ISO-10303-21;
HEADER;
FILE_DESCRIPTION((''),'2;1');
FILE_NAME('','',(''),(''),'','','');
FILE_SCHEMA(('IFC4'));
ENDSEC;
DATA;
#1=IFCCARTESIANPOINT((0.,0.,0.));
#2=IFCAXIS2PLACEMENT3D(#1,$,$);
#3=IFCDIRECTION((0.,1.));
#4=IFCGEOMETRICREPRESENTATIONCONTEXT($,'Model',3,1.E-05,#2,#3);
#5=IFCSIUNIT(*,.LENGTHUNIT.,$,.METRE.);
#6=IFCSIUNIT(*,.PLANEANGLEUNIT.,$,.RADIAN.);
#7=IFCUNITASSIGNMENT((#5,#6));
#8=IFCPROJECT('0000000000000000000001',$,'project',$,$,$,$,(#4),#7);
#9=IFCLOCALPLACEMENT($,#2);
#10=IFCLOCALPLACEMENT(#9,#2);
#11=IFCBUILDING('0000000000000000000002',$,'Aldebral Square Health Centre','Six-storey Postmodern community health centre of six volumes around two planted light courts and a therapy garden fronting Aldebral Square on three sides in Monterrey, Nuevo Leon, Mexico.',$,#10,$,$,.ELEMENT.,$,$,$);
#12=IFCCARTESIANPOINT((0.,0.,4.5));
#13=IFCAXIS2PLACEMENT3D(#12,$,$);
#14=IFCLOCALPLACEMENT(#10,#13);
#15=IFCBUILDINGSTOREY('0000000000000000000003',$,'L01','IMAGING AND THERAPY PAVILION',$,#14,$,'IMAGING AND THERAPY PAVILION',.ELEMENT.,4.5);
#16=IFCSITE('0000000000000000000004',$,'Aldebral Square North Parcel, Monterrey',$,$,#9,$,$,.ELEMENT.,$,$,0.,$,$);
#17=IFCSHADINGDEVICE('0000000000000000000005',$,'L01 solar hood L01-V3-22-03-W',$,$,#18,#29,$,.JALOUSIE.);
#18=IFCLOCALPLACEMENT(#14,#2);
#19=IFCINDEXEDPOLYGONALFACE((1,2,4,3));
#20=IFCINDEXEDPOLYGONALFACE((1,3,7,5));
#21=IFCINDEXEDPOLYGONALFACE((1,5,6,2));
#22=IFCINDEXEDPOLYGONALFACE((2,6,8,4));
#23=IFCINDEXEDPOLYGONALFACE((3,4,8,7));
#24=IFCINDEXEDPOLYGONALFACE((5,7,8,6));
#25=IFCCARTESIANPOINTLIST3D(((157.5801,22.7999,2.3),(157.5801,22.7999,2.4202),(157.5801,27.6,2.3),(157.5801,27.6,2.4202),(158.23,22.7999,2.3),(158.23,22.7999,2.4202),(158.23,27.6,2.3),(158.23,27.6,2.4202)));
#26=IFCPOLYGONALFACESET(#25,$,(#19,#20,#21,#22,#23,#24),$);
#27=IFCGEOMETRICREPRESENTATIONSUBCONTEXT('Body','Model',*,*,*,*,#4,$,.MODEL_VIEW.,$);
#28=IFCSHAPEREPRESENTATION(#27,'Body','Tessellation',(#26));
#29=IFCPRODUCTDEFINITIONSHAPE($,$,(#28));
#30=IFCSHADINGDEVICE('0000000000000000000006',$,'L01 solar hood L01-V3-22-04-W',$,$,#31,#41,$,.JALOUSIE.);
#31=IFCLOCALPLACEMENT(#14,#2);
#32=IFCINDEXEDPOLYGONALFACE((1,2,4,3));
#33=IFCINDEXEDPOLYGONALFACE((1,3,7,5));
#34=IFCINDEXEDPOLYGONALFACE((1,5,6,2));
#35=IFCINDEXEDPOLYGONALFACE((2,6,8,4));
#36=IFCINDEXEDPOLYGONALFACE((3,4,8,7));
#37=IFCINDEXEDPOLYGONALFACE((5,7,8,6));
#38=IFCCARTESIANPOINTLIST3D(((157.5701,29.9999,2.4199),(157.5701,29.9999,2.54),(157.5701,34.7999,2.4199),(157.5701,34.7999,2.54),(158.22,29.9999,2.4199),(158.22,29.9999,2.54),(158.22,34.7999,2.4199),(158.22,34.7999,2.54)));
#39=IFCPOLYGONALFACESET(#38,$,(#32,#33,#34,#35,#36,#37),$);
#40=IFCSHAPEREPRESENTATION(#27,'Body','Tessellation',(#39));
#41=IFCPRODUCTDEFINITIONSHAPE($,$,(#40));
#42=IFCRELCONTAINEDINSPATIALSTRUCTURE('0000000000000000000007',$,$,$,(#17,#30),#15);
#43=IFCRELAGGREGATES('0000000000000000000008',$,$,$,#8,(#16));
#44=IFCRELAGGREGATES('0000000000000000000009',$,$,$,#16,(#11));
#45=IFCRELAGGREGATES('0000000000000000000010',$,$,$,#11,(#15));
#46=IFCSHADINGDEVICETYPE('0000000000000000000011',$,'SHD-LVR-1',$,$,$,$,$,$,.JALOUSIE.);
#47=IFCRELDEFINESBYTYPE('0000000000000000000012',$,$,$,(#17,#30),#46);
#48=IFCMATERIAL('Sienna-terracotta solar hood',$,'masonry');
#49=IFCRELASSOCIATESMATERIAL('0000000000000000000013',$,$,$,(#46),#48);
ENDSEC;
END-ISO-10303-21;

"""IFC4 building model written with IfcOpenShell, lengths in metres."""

from ifc_helpers import new_model, si_unit, direction, frame, origin, origin_2d, place, context, subcontext, project, spatial, rectangle, extrude, material, type_object, element, save


model = new_model("IFC4")

# Units and contexts
model_context = context("Model", 3, precision=1e-05, world=origin(), true_north=direction((0.0, 1.0)))
body_context = subcontext(model_context, "Body", "Model", "MODEL_VIEW")
ifc_project = project(units=[si_unit("LENGTHUNIT", "METRE"), si_unit("PLANEANGLEUNIT", "RADIAN")], contexts=[model_context])

# Site, building, storey
site_placement = place(None, origin())
site = spatial("IfcSite", under=ifc_project, at=site_placement, Name="Aldebral Square North Parcel, Monterrey", CompositionType="ELEMENT", RefElevation=0.0)
building_placement = place(site_placement, origin())
building = spatial("IfcBuilding", under=site, at=building_placement, Name="Aldebral Square Health Centre", Description="Six-storey Postmodern community health centre of six volumes around two planted light courts and a therapy garden fronting Aldebral Square on three sides in Monterrey, Nuevo Leon, Mexico.", CompositionType="ELEMENT")
storey_placement = place(building_placement, frame((0.0, 0.0, 4.5)))
storey = spatial("IfcBuildingStorey", under=building, at=storey_placement, Name="L01", Description="IMAGING AND THERAPY PAVILION", LongName="IMAGING AND THERAPY PAVILION", CompositionType="ELEMENT", Elevation=4.5)

# Shading devices
ifc_material_1 = material(Name="Sienna-terracotta solar hood", Category="masonry")
shading_device_type = type_object("IfcShadingDeviceType", Name="SHD-LVR-1", PredefinedType="JALOUSIE", material=ifc_material_1)
for number, where, z_axis, x_axis, name in (
    (1, (157.905, 25.2, 2.3), (0.0, 0.0, 1.0), (0.0, 1.0, 0.0), "L01 solar hood L01-V3-22-03-W"),
    (2, (157.895, 32.3999, 2.4199), (0.0, 0.0, 1.0), (0.0, 1.0, 0.0), "L01 solar hood L01-V3-22-04-W"),
):
    element("IfcShadingDevice", number, at=place(storey_placement, frame(where, z_axis=z_axis, x_axis=x_axis)), inside=storey, type_object=shading_device_type, Name=name, PredefinedType="JALOUSIE", context=body_context, shape_type="SweptSolid", body=[
        extrude(rectangle(XDim=4.8, YDim=0.6499, at=origin_2d()), origin(), (0.0, 0.0, 1.0), 0.1201),
    ])

save(model, "model.ifc")
